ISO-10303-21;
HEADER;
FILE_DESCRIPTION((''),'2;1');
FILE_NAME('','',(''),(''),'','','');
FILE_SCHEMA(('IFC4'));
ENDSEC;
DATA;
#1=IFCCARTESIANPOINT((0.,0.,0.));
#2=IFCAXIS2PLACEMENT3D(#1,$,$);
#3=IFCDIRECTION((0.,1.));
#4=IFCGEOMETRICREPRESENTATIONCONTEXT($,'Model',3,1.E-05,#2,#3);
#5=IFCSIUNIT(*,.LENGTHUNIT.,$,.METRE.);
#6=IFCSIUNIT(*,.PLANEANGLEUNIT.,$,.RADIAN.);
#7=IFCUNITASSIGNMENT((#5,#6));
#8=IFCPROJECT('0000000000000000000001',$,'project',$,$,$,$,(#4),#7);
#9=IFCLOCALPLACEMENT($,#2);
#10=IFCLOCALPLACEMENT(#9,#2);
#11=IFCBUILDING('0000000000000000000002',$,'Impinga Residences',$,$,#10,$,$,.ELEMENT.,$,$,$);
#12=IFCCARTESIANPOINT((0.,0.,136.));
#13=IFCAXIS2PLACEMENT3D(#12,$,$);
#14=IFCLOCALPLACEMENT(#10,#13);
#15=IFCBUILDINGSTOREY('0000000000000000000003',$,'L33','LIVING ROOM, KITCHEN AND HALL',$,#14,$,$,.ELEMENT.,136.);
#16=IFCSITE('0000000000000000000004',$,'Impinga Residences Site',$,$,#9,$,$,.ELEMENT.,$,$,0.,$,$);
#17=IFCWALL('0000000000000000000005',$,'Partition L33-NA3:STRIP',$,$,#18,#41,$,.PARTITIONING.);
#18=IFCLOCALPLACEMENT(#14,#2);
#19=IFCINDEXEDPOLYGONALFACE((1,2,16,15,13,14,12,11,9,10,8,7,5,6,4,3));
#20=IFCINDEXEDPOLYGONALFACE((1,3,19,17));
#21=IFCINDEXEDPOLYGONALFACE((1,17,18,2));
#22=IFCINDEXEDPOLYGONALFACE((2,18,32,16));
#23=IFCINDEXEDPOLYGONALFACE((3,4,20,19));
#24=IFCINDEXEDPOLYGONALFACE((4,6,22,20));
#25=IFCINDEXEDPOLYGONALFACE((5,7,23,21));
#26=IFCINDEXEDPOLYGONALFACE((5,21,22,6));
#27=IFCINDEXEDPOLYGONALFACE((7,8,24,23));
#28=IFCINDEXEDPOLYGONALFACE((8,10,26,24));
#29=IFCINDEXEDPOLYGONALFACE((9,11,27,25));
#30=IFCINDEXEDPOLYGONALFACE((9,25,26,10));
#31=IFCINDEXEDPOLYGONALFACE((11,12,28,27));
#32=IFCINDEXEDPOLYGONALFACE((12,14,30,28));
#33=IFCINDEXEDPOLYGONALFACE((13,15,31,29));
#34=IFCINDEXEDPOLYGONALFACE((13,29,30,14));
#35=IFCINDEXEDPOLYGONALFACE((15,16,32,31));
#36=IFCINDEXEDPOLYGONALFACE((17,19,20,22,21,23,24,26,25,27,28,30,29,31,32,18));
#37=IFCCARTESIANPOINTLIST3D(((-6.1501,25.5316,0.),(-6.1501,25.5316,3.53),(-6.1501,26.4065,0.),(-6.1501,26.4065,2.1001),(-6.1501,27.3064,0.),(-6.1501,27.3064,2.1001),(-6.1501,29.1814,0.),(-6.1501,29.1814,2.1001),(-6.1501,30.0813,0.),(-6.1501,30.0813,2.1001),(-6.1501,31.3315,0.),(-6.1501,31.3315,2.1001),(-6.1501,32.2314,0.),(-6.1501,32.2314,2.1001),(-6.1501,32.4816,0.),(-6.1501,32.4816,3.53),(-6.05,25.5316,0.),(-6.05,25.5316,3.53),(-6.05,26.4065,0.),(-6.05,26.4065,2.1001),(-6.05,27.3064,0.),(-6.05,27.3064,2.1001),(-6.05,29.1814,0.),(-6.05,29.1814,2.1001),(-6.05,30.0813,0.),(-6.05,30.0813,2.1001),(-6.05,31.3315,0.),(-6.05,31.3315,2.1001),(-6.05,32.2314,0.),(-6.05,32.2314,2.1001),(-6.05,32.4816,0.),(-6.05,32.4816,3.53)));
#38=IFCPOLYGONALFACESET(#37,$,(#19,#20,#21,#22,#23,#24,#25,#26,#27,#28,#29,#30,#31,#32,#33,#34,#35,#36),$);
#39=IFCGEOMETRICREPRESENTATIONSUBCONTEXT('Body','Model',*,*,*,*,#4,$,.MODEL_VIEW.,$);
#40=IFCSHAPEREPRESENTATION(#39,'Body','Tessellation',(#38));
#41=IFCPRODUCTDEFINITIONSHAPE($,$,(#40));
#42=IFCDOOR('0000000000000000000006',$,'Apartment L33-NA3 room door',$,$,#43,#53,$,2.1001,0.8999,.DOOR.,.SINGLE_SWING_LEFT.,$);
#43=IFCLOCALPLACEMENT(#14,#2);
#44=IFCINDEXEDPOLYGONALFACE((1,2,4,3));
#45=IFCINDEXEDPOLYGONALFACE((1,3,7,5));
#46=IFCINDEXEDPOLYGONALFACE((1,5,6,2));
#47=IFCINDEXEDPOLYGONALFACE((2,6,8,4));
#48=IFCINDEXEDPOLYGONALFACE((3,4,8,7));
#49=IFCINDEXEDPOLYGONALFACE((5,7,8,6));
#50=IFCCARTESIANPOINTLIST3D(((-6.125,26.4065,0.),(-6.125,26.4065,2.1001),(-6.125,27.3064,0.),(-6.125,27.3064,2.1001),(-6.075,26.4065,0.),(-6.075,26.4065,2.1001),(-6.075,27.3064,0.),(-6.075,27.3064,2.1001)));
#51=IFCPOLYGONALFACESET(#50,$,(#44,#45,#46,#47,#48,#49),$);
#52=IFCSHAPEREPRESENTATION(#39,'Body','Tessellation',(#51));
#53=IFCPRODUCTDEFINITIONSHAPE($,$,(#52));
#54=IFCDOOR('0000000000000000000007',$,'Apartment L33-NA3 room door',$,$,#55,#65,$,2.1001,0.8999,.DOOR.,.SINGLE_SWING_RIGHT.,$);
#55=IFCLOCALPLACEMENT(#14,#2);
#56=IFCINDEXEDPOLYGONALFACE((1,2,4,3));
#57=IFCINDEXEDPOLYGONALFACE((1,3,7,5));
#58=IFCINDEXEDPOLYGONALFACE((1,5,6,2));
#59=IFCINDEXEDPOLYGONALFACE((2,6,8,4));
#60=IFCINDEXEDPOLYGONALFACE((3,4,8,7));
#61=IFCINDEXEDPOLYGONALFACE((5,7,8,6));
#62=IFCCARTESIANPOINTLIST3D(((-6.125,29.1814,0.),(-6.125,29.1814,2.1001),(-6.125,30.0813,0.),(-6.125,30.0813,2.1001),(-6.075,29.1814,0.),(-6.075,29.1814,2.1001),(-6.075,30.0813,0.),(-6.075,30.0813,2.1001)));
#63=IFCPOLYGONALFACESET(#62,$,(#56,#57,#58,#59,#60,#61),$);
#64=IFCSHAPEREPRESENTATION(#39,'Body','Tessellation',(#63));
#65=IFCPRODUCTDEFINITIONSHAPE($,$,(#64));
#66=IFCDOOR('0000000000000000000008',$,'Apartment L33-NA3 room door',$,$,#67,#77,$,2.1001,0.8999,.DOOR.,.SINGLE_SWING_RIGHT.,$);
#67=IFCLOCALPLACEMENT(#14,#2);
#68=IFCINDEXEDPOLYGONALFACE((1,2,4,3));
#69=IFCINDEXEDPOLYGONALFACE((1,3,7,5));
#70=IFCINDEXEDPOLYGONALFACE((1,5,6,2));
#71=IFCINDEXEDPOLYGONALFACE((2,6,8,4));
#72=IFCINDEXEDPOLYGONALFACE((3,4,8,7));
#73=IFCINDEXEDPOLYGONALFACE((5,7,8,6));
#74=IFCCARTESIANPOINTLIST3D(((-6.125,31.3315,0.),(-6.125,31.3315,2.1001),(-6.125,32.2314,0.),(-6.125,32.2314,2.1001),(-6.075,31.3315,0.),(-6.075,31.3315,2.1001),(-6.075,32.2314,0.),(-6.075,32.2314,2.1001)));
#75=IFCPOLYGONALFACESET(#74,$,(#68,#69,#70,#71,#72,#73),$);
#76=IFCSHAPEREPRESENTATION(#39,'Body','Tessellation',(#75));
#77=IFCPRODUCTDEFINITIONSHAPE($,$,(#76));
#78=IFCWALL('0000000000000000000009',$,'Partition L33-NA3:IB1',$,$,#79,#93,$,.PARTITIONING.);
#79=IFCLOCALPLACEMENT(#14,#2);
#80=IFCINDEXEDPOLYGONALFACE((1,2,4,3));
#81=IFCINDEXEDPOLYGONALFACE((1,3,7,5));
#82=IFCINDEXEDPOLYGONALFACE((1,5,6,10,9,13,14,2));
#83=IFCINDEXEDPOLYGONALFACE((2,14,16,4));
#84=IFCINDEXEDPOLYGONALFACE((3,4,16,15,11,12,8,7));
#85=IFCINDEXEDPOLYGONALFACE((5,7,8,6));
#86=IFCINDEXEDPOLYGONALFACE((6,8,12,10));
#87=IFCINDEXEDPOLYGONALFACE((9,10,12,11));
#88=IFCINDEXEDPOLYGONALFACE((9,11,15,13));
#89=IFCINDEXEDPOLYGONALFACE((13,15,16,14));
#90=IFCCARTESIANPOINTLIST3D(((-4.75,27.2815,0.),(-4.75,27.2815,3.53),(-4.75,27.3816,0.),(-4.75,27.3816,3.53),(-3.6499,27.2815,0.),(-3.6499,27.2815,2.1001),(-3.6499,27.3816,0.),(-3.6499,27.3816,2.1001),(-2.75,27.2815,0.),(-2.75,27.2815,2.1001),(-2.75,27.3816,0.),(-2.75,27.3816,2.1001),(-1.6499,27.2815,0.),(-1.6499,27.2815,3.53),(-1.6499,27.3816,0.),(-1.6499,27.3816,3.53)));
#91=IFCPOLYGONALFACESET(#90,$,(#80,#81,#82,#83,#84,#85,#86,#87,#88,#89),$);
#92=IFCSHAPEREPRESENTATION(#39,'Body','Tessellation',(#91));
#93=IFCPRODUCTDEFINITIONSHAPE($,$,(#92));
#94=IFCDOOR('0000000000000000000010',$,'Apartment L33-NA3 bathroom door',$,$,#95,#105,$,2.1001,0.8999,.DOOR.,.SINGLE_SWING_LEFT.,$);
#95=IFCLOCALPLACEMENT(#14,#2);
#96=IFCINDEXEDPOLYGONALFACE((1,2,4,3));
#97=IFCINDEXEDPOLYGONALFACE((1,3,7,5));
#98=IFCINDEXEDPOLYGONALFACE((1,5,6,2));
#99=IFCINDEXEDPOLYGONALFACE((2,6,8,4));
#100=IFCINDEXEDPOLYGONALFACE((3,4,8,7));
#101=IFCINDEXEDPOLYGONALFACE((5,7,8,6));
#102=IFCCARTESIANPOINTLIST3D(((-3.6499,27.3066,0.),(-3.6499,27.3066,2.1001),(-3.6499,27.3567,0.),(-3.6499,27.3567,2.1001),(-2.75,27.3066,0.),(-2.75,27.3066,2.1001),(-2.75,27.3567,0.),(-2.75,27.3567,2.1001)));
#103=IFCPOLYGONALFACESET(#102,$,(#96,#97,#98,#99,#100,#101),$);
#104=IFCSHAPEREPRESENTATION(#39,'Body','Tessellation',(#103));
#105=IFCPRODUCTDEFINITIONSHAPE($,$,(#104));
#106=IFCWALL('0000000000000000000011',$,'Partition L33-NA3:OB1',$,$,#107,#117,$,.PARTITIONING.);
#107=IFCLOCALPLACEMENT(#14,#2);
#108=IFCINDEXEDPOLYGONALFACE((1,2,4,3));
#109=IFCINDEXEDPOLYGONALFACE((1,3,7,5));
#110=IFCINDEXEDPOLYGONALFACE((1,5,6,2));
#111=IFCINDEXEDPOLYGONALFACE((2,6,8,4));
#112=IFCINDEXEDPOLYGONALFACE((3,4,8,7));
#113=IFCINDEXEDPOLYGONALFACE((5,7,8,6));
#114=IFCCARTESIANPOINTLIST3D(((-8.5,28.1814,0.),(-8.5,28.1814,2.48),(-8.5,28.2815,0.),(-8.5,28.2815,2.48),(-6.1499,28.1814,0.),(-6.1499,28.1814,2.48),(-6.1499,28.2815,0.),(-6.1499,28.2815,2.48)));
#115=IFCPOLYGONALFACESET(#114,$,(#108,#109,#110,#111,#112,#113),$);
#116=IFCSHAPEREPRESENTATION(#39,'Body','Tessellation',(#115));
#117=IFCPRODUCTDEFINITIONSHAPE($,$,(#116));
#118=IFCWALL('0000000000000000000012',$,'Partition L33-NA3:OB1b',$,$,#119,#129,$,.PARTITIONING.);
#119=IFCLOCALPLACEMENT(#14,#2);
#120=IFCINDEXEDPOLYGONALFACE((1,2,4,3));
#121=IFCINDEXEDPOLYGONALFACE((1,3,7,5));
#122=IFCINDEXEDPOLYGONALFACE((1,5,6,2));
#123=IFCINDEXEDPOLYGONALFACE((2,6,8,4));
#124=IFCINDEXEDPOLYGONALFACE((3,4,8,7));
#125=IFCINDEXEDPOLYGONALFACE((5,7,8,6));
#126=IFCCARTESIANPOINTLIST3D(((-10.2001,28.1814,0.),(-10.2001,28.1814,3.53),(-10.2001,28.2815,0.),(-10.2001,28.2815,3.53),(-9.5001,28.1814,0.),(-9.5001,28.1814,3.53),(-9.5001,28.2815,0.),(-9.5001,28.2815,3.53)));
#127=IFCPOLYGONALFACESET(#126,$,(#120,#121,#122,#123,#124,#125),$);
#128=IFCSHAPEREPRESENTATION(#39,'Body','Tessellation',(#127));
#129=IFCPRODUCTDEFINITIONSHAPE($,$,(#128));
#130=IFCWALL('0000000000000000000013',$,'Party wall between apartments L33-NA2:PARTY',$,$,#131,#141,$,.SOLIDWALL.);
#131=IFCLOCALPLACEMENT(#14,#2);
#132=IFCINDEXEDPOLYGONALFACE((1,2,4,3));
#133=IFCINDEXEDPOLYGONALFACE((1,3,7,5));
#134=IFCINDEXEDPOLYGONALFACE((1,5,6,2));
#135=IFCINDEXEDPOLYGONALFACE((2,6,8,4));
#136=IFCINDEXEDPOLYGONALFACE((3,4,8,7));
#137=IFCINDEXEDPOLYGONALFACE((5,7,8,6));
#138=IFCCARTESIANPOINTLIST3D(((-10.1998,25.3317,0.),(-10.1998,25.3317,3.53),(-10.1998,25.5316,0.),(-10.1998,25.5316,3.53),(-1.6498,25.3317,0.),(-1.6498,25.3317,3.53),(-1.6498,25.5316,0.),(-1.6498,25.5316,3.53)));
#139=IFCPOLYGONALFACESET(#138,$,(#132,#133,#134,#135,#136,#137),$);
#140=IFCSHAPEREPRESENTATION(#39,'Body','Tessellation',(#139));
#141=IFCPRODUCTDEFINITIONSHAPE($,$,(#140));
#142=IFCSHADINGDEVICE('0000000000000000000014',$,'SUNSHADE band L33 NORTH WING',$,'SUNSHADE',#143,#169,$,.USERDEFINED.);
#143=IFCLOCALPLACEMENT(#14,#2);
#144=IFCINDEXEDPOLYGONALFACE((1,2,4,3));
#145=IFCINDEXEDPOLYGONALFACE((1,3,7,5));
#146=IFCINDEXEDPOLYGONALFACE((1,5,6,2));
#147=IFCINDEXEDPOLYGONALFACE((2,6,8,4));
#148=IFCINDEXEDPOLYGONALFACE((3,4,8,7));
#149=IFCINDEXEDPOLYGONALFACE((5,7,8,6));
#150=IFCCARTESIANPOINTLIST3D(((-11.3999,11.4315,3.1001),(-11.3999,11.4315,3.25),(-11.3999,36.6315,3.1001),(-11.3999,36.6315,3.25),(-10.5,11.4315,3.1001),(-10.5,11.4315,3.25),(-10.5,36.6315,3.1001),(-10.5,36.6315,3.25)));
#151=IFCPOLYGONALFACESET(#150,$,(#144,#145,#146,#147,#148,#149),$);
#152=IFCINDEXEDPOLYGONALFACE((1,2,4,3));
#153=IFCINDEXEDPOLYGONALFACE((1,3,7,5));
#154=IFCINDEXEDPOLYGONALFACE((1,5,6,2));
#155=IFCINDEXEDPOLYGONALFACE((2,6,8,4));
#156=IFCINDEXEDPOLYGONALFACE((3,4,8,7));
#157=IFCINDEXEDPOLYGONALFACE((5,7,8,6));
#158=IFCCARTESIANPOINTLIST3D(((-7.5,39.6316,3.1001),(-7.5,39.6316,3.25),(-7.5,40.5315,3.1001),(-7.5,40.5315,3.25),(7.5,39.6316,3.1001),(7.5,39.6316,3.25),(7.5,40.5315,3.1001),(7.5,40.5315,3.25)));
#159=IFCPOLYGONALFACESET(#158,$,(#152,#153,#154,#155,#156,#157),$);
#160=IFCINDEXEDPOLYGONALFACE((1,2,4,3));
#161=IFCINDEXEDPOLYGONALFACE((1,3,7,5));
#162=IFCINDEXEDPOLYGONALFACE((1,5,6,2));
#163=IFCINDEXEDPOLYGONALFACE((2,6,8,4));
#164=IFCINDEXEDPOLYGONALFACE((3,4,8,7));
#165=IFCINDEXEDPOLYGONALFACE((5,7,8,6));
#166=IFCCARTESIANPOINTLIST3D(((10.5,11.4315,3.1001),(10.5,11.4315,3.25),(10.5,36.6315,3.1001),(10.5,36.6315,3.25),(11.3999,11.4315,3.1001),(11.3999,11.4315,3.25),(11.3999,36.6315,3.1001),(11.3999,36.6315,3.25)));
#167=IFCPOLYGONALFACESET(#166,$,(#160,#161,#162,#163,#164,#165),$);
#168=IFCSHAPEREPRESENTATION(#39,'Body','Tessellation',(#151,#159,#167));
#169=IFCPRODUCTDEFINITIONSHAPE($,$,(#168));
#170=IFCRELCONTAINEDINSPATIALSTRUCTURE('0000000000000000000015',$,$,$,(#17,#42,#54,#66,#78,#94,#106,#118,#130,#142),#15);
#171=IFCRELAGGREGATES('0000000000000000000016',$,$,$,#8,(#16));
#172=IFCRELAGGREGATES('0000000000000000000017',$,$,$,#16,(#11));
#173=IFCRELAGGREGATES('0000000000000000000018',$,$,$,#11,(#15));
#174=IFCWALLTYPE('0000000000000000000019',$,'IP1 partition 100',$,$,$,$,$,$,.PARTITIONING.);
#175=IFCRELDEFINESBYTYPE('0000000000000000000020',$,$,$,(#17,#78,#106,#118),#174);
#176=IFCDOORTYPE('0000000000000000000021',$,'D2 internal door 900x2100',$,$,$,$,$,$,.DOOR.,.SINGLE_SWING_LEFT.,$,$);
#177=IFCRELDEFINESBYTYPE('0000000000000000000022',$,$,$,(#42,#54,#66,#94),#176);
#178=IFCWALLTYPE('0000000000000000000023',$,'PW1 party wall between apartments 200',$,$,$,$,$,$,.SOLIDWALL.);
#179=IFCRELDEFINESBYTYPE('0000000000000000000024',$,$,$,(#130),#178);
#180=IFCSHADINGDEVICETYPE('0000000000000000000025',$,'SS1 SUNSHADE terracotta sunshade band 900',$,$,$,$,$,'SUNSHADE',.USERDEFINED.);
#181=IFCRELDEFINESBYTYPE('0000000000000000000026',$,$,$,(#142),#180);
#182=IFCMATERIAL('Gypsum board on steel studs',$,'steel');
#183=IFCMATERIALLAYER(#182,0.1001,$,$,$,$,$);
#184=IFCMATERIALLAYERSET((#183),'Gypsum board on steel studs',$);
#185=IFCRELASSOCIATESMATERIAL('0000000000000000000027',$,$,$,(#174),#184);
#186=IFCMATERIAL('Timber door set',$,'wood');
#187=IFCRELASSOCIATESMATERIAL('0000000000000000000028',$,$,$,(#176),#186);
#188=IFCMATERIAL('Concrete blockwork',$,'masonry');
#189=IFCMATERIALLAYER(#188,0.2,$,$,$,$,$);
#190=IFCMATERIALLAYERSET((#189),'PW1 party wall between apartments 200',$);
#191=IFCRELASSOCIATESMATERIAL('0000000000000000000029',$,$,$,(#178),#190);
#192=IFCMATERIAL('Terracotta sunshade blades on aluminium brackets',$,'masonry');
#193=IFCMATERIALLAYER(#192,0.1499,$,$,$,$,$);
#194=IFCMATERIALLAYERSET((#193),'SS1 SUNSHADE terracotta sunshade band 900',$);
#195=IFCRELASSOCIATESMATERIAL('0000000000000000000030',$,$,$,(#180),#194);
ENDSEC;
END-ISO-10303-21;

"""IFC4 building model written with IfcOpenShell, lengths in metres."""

from ifc_helpers import new_model, si_unit, direction, frame, frame_2d, origin, origin_2d, place, context, subcontext, project, spatial, rectangle, extrude, material, layer, layer_set, type_object, element, fill, save


model = new_model("IFC4")

# Units and contexts
model_context = context("Model", 3, precision=1e-05, world=origin(), true_north=direction((0.0, 1.0)))
body_context = subcontext(model_context, "Body", "Model", "MODEL_VIEW")
ifc_project = project(units=[si_unit("LENGTHUNIT", "METRE"), si_unit("PLANEANGLEUNIT", "RADIAN")], contexts=[model_context])

# Site, building, storey
site_placement = place(None, origin())
site = spatial("IfcSite", under=ifc_project, at=site_placement, Name="Impinga Residences Site", CompositionType="ELEMENT", RefElevation=0.0)
building_placement = place(site_placement, origin())
building = spatial("IfcBuilding", under=site, at=building_placement, Name="Impinga Residences", CompositionType="ELEMENT")
storey_placement = place(building_placement, frame((0.0, 0.0, 136.0)))
storey = spatial("IfcBuildingStorey", under=building, at=storey_placement, Name="L33", Description="LIVING ROOM, KITCHEN AND HALL", CompositionType="ELEMENT", Elevation=136.0)

# Shared definitions
ifc_material_1 = material(Name="Concrete blockwork", Category="masonry")
ifc_material_2 = material(Name="Timber door set", Category="wood")
ifc_material_3 = material(Name="Gypsum board on steel studs", Category="steel")
ifc_layer_1 = layer(ifc_material_3, 0.1001)
ifc_layer_set_1 = layer_set([ifc_layer_1], Name="Gypsum board on steel studs")
wall_type_1 = type_object("IfcWallType", Name="IP1 partition 100", PredefinedType="PARTITIONING", material=ifc_layer_set_1)
door_type_1 = type_object("IfcDoorType", Name="D2 internal door 900x2100", OperationType="SINGLE_SWING_LEFT", PredefinedType="DOOR", material=ifc_material_2)

# Wall, openings, doors
wall_1_placement = place(storey_placement, frame((-6.1001, 25.5315, 0.0), z_axis=(0.0, 0.0, 1.0), x_axis=(0.0, 1.0, 0.0)))
wall_1 = element("IfcWall", 1, at=wall_1_placement, inside=storey, type_object=wall_type_1, Name="Partition L33-NA3:STRIP", PredefinedType="PARTITIONING", context=body_context, shape_type="SweptSolid", body=[
    extrude(rectangle(XDim=6.95, YDim=0.1001, at=frame_2d((3.4751, 0.0))), origin(), (0.0, 0.0, 1.0), 3.53),
])
opening_1_placement = place(wall_1_placement, frame((0.875, 0.0, 0.0)))
opening_1 = element("IfcOpeningElement", 2, at=opening_1_placement, cuts=wall_1, PredefinedType="OPENING", context=body_context, shape_type="SweptSolid", body=[
    extrude(rectangle(XDim=0.8999, YDim=2.1001, at=frame_2d((0.45, 1.05))), frame((0.0, 0.0601, 0.0), z_axis=(0.0, -1.0, 0.0), x_axis=(1.0, 0.0, 0.0)), (0.0, 0.0, 1.0), 0.1201),
])
opening_2_placement = place(wall_1_placement, frame((3.6499, 0.0, 0.0)))
opening_2 = element("IfcOpeningElement", 3, at=opening_2_placement, cuts=wall_1, PredefinedType="OPENING", context=body_context, shape_type="SweptSolid", body=[
    extrude(rectangle(XDim=0.8999, YDim=2.1001, at=frame_2d((0.45, 1.05))), frame((0.0, 0.0601, 0.0), z_axis=(0.0, -1.0, 0.0), x_axis=(1.0, 0.0, 0.0)), (0.0, 0.0, 1.0), 0.1201),
])
opening_3_placement = place(wall_1_placement, frame((5.8, 0.0, 0.0)))
opening_3 = element("IfcOpeningElement", 4, at=opening_3_placement, cuts=wall_1, PredefinedType="OPENING", context=body_context, shape_type="SweptSolid", body=[
    extrude(rectangle(XDim=0.8999, YDim=2.1001, at=frame_2d((0.45, 1.05))), frame((0.0, 0.0601, 0.0), z_axis=(0.0, -1.0, 0.0), x_axis=(1.0, 0.0, 0.0)), (0.0, 0.0, 1.0), 0.1201),
])
door_1_placement = place(opening_1_placement, origin())
door_1 = element("IfcDoor", 5, at=door_1_placement, inside=storey, type_object=door_type_1, Name="Apartment L33-NA3 room door", OperationType="SINGLE_SWING_LEFT", OverallHeight=2.1001, OverallWidth=0.8999, PredefinedType="DOOR", context=body_context, shape_type="SweptSolid", body=[
    extrude(rectangle(XDim=0.8999, YDim=2.1001, at=frame_2d((0.45, 1.05))), frame((0.0, 0.0249, 0.0), z_axis=(0.0, -1.0, 0.0), x_axis=(1.0, 0.0, 0.0)), (0.0, 0.0, 1.0), 0.05),
])
fill(opening_1, door_1)
door_2_placement = place(opening_2_placement, origin())
door_2 = element("IfcDoor", 6, at=door_2_placement, inside=storey, type_object=door_type_1, Name="Apartment L33-NA3 room door", OperationType="SINGLE_SWING_RIGHT", OverallHeight=2.1001, OverallWidth=0.8999, PredefinedType="DOOR", context=body_context, shape_type="SweptSolid", body=[
    extrude(rectangle(XDim=0.8999, YDim=2.1001, at=frame_2d((0.45, 1.05))), frame((0.0, 0.0249, 0.0), z_axis=(0.0, -1.0, 0.0), x_axis=(1.0, 0.0, 0.0)), (0.0, 0.0, 1.0), 0.05),
])
fill(opening_2, door_2)
door_3_placement = place(opening_3_placement, origin())
door_3 = element("IfcDoor", 7, at=door_3_placement, inside=storey, type_object=door_type_1, Name="Apartment L33-NA3 room door", OperationType="SINGLE_SWING_RIGHT", OverallHeight=2.1001, OverallWidth=0.8999, PredefinedType="DOOR", context=body_context, shape_type="SweptSolid", body=[
    extrude(rectangle(XDim=0.8999, YDim=2.1001, at=frame_2d((0.45, 1.05))), frame((0.0, 0.0249, 0.0), z_axis=(0.0, -1.0, 0.0), x_axis=(1.0, 0.0, 0.0)), (0.0, 0.0, 1.0), 0.05),
])
fill(opening_3, door_3)

# Wall, opening, door
wall_2_placement = place(storey_placement, frame((-1.6499, 27.3315, 0.0), z_axis=(0.0, 0.0, 1.0), x_axis=(-1.0, 0.0, 0.0)))
wall_2 = element("IfcWall", 8, at=wall_2_placement, inside=storey, type_object=wall_type_1, Name="Partition L33-NA3:IB1", PredefinedType="PARTITIONING", context=body_context, shape_type="SweptSolid", body=[
    extrude(rectangle(XDim=3.1001, YDim=0.1001, at=frame_2d((1.55, 0.0))), origin(), (0.0, 0.0, 1.0), 3.53),
])
opening_4_placement = place(wall_2_placement, frame((1.1001, 0.0, 0.0)))
opening_4 = element("IfcOpeningElement", 9, at=opening_4_placement, cuts=wall_2, PredefinedType="OPENING", context=body_context, shape_type="SweptSolid", body=[
    extrude(rectangle(XDim=0.8999, YDim=2.1001, at=frame_2d((0.45, 1.05))), frame((0.0, 0.0601, 0.0), z_axis=(0.0, -1.0, 0.0), x_axis=(1.0, 0.0, 0.0)), (0.0, 0.0, 1.0), 0.1201),
])
door_4_placement = place(opening_4_placement, origin())
door_4 = element("IfcDoor", 10, at=door_4_placement, inside=storey, type_object=door_type_1, Name="Apartment L33-NA3 bathroom door", OperationType="SINGLE_SWING_LEFT", OverallHeight=2.1001, OverallWidth=0.8999, PredefinedType="DOOR", context=body_context, shape_type="SweptSolid", body=[
    extrude(rectangle(XDim=0.8999, YDim=2.1001, at=frame_2d((0.45, 1.05))), frame((0.0, 0.0249, 0.0), z_axis=(0.0, -1.0, 0.0), x_axis=(1.0, 0.0, 0.0)), (0.0, 0.0, 1.0), 0.05),
])
fill(opening_4, door_4)

# Walls
wall_3_placement = place(storey_placement, frame((-6.1499, 28.2314, 0.0), z_axis=(0.0, 0.0, 1.0), x_axis=(-1.0, 0.0, 0.0)))
element("IfcWall", 11, at=wall_3_placement, inside=storey, type_object=wall_type_1, Name="Partition L33-NA3:OB1", PredefinedType="PARTITIONING", context=body_context, shape_type="SweptSolid", body=[
    extrude(rectangle(XDim=2.3501, YDim=0.1001, at=frame_2d((1.175, 0.0))), origin(), (0.0, 0.0, 1.0), 2.48),
])
wall_4_placement = place(storey_placement, frame((-9.5, 28.2314, 0.0), z_axis=(0.0, 0.0, 1.0), x_axis=(-1.0, 0.0, 0.0)))
element("IfcWall", 12, at=wall_4_placement, inside=storey, type_object=wall_type_1, Name="Partition L33-NA3:OB1b", PredefinedType="PARTITIONING", context=body_context, shape_type="SweptSolid", body=[
    extrude(rectangle(XDim=0.7, YDim=0.1001, at=frame_2d((0.3501, 0.0))), origin(), (0.0, 0.0, 1.0), 3.53),
])
ifc_layer_2 = layer(ifc_material_1, 0.2)
ifc_layer_set_2 = layer_set([ifc_layer_2], Name="PW1 party wall between apartments 200")
wall_type_2 = type_object("IfcWallType", Name="PW1 party wall between apartments 200", PredefinedType="SOLIDWALL", material=ifc_layer_set_2)
wall_5_placement = place(storey_placement, frame((-1.6499, 25.4316, 0.0), z_axis=(0.0, 0.0, 1.0), x_axis=(-1.0, 0.0, 0.0)))
element("IfcWall", 13, at=wall_5_placement, inside=storey, type_object=wall_type_2, Name="Party wall between apartments L33-NA2:PARTY", PredefinedType="SOLIDWALL", context=body_context, shape_type="SweptSolid", body=[
    extrude(rectangle(XDim=8.55, YDim=0.2, at=frame_2d((4.2749, 0.0))), origin(), (0.0, 0.0, 1.0), 3.53),
])

# Shading device
ifc_material_4 = material(Name="Terracotta sunshade blades on aluminium brackets", Category="masonry")
ifc_layer_3 = layer(ifc_material_4, 0.1499)
ifc_layer_set_3 = layer_set([ifc_layer_3], Name="SS1 SUNSHADE terracotta sunshade band 900")
shading_device_type = type_object("IfcShadingDeviceType", Name="SS1 SUNSHADE terracotta sunshade band 900", ElementType="SUNSHADE", PredefinedType="USERDEFINED", material=ifc_layer_set_3)
shading_device_placement = place(storey_placement, frame((-10.95, 24.0315, 3.1001), z_axis=(0.0, 0.0, 1.0), x_axis=(0.0, 1.0, 0.0)))
element("IfcShadingDevice", 14, at=shading_device_placement, inside=storey, type_object=shading_device_type, Name="SUNSHADE band L33 NORTH WING", ObjectType="SUNSHADE", PredefinedType="USERDEFINED", context=body_context, shape_type="SweptSolid", body=[
    extrude(rectangle(XDim=25.2, YDim=0.8999, at=origin_2d()), origin(), (0.0, 0.0, 1.0), 0.1499),
    extrude(rectangle(XDim=15.0, YDim=0.8999, at=origin_2d()), frame((16.05, -10.95, 0.0), z_axis=(0.0, 0.0, 1.0), x_axis=(0.0, -1.0, 0.0)), (0.0, 0.0, 1.0), 0.1499),
    extrude(rectangle(XDim=25.2, YDim=0.8999, at=origin_2d()), frame((0.0, -21.8999, 0.0), z_axis=(0.0, 0.0, 1.0), x_axis=(-1.0, 0.0, 0.0)), (0.0, 0.0, 1.0), 0.1499),
])

save(model, "model.ifc")
